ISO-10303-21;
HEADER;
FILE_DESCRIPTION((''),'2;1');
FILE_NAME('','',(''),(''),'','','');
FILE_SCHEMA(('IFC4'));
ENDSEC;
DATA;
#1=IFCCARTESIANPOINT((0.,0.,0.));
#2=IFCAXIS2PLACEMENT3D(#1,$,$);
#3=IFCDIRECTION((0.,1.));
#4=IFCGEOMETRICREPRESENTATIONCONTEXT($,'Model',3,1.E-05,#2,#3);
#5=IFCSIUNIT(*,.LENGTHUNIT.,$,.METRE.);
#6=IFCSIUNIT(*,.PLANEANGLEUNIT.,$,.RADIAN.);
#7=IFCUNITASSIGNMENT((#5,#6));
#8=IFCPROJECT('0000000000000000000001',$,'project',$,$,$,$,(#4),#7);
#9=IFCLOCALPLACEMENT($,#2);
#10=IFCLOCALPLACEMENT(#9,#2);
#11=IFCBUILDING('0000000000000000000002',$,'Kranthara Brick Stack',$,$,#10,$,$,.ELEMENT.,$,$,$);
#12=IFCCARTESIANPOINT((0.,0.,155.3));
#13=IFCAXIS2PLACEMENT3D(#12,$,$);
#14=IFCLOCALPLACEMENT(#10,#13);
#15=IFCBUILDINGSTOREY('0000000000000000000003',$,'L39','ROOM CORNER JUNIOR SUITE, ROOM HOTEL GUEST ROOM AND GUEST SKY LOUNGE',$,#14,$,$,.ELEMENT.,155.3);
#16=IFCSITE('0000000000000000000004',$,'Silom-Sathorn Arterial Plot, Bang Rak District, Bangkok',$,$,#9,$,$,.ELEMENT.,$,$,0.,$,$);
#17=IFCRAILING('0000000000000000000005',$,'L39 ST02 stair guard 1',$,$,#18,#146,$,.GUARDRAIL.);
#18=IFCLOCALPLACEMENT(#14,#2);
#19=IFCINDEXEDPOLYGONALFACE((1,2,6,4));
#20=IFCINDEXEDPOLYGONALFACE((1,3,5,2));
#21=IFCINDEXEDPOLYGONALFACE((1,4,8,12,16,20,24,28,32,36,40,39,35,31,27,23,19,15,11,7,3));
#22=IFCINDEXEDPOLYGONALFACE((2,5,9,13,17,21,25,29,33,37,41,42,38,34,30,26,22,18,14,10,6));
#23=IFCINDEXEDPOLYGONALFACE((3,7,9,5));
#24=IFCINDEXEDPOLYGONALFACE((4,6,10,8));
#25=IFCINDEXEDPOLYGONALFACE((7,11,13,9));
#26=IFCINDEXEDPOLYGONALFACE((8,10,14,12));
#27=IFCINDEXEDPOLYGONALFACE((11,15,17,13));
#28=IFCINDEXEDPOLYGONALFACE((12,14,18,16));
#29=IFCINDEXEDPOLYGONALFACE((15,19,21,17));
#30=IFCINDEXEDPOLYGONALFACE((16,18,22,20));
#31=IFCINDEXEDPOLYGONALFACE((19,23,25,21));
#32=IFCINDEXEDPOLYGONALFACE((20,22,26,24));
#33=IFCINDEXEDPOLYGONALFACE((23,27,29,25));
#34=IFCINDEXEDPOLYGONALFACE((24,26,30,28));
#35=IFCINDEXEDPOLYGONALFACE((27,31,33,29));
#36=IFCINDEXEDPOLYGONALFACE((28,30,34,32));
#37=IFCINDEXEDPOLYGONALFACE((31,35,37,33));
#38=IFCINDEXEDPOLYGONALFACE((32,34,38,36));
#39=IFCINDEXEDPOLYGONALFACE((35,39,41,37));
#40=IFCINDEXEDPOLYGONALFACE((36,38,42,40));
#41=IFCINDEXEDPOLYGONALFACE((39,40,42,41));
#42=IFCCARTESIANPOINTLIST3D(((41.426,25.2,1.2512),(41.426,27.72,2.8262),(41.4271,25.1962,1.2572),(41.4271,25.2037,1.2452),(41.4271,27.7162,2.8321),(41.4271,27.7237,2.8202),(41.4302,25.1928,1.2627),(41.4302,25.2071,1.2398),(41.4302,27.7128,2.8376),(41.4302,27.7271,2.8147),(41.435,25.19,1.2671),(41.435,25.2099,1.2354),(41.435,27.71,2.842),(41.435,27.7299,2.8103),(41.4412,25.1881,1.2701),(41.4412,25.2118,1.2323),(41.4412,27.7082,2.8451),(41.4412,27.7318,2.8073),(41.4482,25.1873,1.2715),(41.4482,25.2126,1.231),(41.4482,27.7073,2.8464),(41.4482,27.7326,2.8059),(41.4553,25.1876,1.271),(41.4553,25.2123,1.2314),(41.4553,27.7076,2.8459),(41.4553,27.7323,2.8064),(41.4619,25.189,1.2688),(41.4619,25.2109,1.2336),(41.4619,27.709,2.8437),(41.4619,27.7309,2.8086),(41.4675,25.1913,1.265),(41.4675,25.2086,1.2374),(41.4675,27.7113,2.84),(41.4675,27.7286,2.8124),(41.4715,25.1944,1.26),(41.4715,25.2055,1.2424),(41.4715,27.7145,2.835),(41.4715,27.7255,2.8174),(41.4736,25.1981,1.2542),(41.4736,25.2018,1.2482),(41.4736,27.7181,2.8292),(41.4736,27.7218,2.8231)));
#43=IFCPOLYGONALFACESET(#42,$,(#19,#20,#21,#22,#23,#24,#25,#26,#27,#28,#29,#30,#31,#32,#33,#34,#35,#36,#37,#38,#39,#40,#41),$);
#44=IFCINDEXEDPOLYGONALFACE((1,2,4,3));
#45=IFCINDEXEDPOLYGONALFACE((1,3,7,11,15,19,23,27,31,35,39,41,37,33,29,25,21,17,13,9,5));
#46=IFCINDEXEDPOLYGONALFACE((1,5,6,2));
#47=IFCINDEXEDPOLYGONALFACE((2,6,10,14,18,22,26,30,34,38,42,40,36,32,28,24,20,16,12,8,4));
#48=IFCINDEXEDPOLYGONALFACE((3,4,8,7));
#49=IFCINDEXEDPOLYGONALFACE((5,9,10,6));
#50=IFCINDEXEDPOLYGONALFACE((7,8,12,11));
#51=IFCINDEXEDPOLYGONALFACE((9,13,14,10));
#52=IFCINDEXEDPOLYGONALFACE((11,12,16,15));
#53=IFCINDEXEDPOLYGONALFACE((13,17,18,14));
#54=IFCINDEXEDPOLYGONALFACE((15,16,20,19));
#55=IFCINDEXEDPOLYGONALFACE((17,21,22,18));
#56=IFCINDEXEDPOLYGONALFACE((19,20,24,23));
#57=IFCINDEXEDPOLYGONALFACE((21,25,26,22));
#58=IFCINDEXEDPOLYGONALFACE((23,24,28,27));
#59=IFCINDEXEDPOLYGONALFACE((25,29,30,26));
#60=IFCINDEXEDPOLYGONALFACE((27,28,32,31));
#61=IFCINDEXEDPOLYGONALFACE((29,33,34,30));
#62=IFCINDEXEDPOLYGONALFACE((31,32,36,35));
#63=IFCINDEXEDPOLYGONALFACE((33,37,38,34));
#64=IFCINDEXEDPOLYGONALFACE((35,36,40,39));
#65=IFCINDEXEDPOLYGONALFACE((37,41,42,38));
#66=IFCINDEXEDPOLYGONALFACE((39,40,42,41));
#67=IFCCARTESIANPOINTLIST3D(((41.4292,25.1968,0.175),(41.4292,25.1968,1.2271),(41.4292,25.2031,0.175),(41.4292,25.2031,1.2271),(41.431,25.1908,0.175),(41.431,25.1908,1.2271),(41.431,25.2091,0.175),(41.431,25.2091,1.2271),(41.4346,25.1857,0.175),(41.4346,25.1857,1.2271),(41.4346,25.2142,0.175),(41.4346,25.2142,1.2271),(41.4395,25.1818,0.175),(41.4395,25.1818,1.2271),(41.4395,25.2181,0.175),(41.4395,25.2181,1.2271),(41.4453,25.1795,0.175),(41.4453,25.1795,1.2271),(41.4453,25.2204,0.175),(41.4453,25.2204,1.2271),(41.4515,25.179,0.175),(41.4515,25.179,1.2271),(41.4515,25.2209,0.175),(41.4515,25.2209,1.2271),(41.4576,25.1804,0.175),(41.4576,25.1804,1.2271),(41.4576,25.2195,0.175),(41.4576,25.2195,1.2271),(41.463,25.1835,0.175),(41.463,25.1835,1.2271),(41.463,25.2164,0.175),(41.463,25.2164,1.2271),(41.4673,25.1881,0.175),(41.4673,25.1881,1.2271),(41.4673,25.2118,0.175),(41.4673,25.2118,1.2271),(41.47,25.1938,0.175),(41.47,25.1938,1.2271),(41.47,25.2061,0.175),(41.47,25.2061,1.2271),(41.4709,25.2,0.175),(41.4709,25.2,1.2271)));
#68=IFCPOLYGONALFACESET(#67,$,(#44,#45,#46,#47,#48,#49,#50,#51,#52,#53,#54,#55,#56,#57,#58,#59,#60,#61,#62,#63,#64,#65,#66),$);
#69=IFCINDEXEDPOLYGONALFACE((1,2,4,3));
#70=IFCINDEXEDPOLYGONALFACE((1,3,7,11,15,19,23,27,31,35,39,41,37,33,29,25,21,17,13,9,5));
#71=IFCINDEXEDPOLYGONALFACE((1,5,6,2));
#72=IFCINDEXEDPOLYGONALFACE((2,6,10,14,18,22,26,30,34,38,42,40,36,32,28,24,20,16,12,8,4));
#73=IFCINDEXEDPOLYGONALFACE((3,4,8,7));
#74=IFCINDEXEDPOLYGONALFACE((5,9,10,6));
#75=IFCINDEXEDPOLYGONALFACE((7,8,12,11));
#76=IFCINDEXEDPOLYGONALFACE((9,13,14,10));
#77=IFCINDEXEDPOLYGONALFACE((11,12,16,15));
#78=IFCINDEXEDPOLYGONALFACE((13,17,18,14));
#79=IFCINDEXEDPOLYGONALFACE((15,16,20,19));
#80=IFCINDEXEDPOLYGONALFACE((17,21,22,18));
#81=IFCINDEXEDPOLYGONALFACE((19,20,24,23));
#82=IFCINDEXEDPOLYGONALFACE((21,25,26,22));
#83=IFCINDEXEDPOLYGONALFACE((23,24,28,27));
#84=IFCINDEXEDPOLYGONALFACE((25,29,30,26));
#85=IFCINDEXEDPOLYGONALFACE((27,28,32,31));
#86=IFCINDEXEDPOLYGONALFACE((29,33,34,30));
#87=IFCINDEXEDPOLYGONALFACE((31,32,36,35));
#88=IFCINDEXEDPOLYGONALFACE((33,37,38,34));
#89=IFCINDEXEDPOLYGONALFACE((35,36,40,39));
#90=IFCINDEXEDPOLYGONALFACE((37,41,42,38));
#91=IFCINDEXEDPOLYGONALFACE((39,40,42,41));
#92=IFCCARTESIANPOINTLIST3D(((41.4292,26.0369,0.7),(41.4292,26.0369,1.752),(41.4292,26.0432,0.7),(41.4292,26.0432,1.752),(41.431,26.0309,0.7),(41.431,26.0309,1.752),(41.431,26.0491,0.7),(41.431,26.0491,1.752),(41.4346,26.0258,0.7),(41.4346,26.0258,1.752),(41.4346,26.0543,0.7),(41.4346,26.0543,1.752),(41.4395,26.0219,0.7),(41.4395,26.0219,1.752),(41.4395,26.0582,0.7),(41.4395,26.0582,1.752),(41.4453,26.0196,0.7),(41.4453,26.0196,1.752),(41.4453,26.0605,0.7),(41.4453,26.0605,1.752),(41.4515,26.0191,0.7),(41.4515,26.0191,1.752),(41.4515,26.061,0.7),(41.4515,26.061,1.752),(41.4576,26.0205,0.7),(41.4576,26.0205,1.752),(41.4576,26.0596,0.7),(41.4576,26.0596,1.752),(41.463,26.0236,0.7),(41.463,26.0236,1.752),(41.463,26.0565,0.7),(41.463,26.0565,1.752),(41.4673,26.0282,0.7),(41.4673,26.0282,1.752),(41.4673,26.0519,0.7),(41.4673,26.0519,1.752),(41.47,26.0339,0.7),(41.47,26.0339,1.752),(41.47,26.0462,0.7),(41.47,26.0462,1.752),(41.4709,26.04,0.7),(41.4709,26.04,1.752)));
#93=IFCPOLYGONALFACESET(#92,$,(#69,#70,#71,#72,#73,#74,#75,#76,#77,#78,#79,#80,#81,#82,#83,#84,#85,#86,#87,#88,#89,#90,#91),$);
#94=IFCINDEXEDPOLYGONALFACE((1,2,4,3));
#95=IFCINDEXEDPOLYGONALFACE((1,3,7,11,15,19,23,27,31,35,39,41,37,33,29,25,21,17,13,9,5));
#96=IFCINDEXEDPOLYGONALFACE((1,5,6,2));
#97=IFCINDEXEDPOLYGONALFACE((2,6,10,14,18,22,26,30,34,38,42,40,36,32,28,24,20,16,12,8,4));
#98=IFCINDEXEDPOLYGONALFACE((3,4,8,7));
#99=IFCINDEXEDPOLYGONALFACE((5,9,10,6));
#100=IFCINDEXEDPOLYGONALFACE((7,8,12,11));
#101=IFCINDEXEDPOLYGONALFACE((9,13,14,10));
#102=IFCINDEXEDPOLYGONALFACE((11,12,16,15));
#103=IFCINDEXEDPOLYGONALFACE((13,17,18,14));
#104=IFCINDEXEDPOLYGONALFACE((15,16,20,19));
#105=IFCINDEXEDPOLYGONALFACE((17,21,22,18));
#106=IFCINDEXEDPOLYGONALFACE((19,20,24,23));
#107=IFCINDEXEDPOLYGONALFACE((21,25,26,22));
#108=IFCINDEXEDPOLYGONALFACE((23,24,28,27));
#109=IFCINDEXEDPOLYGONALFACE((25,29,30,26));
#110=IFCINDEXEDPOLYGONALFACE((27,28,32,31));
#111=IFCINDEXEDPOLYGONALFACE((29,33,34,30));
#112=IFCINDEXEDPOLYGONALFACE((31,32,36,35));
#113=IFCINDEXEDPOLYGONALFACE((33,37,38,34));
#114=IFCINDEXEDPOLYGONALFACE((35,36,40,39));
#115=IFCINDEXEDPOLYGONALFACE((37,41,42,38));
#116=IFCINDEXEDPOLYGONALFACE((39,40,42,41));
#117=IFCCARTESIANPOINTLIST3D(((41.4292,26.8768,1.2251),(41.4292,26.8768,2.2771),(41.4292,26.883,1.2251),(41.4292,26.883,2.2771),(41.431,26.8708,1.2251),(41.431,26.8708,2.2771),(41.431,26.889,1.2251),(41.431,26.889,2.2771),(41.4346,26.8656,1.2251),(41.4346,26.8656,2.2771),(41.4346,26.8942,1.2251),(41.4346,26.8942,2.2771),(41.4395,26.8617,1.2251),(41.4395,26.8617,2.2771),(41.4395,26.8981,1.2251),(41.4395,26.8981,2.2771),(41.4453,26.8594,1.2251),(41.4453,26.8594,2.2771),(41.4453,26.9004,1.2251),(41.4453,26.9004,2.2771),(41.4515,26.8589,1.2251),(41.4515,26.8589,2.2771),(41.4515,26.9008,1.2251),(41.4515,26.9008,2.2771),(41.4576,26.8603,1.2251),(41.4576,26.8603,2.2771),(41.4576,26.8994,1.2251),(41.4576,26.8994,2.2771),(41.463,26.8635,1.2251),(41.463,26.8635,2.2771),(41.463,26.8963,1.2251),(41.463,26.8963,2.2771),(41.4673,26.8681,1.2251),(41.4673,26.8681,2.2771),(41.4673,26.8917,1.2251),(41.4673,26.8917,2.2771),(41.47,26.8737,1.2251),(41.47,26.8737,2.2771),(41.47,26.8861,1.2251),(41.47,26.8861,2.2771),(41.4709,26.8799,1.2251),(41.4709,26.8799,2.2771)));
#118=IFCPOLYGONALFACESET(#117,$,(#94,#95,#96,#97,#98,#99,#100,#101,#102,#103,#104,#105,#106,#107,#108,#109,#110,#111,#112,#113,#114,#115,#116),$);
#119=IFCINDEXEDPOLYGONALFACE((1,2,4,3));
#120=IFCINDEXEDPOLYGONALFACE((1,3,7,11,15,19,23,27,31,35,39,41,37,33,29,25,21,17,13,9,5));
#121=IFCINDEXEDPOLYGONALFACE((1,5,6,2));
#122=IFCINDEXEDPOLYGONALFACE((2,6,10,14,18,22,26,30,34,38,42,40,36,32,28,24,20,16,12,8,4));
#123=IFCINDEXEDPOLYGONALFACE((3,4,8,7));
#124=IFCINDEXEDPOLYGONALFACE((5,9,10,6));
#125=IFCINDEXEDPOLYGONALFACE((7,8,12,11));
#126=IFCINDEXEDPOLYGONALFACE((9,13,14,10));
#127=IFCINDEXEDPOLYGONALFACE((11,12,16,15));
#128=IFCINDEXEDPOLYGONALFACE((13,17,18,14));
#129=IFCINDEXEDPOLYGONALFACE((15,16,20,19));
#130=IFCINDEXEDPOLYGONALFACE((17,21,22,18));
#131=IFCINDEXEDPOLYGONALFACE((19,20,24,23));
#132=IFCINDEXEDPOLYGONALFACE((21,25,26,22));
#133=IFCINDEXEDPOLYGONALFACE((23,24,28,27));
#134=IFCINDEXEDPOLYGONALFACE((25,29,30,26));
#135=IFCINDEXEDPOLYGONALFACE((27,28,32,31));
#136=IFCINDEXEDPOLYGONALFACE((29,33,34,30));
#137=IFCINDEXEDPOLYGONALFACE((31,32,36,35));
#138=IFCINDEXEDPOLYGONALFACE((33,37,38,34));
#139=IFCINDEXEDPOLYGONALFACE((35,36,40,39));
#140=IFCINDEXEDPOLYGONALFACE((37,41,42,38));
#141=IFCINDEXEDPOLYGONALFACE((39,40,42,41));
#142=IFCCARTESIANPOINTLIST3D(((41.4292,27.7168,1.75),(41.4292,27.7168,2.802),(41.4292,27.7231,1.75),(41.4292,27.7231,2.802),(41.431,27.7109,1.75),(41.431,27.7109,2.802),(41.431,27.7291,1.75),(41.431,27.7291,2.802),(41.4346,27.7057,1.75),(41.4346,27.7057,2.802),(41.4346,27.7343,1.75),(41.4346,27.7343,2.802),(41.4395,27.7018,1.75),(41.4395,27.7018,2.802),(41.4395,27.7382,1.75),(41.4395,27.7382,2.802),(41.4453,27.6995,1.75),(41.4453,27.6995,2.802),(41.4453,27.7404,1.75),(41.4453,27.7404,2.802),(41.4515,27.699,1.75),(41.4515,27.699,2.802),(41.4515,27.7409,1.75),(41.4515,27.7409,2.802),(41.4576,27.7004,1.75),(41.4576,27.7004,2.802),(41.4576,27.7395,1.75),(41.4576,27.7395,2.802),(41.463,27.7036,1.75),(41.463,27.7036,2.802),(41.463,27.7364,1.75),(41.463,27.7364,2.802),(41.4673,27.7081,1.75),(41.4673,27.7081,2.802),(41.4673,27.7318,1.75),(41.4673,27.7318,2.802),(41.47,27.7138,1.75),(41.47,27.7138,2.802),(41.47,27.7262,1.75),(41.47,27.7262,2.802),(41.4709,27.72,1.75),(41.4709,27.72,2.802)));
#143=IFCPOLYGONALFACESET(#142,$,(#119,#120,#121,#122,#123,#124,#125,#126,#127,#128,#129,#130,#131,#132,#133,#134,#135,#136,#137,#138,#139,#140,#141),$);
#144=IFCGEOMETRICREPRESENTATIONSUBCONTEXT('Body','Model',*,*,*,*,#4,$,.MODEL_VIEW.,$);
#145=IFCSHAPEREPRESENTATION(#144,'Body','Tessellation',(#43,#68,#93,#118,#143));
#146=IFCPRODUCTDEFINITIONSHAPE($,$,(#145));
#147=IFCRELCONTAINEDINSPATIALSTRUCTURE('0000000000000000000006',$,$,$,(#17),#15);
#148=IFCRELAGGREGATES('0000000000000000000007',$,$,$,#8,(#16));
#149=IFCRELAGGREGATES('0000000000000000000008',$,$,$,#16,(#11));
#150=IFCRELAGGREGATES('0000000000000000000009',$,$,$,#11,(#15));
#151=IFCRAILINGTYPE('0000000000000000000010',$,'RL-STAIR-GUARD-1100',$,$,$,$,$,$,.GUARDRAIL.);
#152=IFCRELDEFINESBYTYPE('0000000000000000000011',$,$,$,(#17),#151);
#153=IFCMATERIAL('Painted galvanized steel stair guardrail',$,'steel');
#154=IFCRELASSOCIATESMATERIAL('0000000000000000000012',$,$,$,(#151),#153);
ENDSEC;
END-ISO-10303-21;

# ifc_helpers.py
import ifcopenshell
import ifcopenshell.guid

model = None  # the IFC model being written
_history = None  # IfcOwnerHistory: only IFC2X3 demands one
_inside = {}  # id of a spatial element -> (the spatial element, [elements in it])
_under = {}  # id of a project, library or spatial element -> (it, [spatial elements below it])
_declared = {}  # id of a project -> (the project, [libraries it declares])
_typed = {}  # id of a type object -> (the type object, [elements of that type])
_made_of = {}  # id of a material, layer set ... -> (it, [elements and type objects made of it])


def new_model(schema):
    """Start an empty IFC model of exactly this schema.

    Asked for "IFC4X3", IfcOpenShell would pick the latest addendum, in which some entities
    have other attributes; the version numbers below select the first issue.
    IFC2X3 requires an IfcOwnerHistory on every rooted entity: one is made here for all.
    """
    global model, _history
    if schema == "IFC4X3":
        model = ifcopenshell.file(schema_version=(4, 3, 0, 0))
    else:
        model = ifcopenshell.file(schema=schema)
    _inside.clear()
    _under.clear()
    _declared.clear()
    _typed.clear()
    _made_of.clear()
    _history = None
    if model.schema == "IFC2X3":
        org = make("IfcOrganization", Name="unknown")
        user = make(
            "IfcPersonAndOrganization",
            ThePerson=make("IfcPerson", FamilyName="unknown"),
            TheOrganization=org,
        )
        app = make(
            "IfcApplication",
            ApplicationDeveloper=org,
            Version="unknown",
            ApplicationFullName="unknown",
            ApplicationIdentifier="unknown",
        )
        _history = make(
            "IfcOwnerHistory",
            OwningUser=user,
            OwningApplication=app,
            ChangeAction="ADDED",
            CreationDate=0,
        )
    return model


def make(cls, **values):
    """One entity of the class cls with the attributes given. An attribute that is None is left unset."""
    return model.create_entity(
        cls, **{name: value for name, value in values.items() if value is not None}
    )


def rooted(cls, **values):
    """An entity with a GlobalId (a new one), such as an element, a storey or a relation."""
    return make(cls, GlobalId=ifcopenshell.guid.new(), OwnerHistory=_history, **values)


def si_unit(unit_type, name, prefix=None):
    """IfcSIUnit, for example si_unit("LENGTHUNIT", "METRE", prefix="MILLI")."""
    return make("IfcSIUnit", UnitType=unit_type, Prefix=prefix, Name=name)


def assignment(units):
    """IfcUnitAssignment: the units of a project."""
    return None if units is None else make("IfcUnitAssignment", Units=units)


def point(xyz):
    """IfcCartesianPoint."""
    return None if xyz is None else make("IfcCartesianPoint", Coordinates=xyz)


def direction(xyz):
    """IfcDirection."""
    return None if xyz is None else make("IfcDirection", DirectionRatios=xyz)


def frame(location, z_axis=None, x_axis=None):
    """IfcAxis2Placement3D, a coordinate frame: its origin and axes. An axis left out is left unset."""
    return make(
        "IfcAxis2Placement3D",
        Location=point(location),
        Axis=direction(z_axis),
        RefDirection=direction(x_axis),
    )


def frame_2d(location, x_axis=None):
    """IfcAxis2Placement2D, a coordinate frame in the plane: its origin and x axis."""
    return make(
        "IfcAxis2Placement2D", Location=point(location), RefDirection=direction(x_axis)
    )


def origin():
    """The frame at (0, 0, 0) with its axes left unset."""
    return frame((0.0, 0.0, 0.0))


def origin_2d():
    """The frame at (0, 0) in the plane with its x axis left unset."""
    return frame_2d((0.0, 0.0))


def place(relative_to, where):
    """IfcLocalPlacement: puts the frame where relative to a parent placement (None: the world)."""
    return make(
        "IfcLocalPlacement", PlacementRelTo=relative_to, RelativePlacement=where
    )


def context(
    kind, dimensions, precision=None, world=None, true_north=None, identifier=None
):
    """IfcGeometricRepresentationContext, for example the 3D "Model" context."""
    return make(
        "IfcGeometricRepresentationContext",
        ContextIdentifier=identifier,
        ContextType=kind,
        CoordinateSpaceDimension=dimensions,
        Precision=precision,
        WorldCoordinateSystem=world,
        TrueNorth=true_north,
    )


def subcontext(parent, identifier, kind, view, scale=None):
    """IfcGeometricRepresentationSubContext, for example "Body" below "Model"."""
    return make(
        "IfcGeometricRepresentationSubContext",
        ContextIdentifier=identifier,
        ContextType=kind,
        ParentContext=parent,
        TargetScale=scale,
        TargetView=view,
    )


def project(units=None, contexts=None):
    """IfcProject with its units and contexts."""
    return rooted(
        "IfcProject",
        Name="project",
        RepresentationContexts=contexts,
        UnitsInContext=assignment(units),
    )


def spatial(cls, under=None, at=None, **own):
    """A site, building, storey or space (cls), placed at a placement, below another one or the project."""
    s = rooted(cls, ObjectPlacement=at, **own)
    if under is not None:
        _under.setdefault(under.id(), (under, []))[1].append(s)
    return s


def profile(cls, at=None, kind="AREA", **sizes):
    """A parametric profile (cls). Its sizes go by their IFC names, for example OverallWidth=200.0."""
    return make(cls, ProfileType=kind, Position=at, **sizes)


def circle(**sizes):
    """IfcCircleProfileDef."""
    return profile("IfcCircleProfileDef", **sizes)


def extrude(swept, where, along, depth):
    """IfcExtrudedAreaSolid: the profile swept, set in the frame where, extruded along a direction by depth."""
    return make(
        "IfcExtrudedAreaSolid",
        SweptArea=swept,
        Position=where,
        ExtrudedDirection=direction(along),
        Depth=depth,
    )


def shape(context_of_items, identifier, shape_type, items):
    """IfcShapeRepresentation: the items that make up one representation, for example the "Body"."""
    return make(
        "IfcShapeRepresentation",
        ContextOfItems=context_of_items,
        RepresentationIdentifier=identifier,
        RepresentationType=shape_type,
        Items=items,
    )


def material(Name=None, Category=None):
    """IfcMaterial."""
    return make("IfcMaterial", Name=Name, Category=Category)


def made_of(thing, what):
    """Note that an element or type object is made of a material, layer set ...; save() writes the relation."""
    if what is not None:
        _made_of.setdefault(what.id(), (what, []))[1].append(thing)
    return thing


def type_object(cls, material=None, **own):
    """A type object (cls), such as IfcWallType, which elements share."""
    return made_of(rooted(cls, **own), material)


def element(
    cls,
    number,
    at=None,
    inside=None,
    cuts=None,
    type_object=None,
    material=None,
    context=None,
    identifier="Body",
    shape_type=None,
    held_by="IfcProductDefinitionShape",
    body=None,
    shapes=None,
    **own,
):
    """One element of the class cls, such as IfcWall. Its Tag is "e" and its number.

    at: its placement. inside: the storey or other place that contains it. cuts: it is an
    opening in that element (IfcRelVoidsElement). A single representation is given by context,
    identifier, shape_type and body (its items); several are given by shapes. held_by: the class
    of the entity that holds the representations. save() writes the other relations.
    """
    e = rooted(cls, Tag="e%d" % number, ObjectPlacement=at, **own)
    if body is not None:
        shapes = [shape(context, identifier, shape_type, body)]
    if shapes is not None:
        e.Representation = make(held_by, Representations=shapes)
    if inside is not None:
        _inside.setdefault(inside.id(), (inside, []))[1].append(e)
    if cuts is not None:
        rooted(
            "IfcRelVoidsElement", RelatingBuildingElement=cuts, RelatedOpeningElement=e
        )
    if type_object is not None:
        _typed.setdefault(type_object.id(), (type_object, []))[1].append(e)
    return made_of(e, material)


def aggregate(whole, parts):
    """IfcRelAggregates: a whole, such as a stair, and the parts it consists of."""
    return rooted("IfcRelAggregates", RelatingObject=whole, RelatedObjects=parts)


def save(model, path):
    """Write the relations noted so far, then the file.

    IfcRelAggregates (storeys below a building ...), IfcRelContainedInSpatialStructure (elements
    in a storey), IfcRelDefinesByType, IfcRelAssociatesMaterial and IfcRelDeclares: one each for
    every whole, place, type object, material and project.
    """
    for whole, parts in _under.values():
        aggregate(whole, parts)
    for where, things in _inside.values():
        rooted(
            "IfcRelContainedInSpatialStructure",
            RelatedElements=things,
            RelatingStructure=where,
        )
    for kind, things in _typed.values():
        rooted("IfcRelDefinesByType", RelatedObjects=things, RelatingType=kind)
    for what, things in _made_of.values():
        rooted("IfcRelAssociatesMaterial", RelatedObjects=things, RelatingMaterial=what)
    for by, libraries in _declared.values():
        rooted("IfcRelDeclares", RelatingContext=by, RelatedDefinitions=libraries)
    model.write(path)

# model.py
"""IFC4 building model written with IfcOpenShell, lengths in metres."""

from ifc_helpers import new_model, si_unit, direction, frame, origin, origin_2d, place, context, subcontext, project, spatial, circle, extrude, material, type_object, element, save


model = new_model("IFC4")

# Units and contexts
model_context = context("Model", 3, precision=1e-05, world=origin(), true_north=direction((0.0, 1.0)))
body_context = subcontext(model_context, "Body", "Model", "MODEL_VIEW")
ifc_project = project(units=[si_unit("LENGTHUNIT", "METRE"), si_unit("PLANEANGLEUNIT", "RADIAN")], contexts=[model_context])

# Site, building, storey
site_placement = place(None, origin())
site = spatial("IfcSite", under=ifc_project, at=site_placement, Name="Silom-Sathorn Arterial Plot, Bang Rak District, Bangkok", CompositionType="ELEMENT", RefElevation=0.0)
building_placement = place(site_placement, origin())
building = spatial("IfcBuilding", under=site, at=building_placement, Name="Kranthara Brick Stack", CompositionType="ELEMENT")
storey_placement = place(building_placement, frame((0.0, 0.0, 155.3)))
storey = spatial("IfcBuildingStorey", under=building, at=storey_placement, Name="L39", Description="ROOM CORNER JUNIOR SUITE, ROOM HOTEL GUEST ROOM AND GUEST SKY LOUNGE", CompositionType="ELEMENT", Elevation=155.3)

# Railing
ifc_material_1 = material(Name="Painted galvanized steel stair guardrail", Category="steel")
railing_type_1 = type_object("IfcRailingType", Name="RL-STAIR-GUARD-1100", PredefinedType="GUARDRAIL", material=ifc_material_1)
railing_1_placement = place(storey_placement, frame((41.45, 25.2, 0.175)))
element("IfcRailing", 1, at=railing_1_placement, inside=storey, type_object=railing_type_1, Name="L39 ST02 stair guard 1", PredefinedType="GUARDRAIL", context=body_context, shape_type="SweptSolid", body=[
    extrude(circle(Radius=0.0239, at=origin_2d()), frame((0.0, 0.0, 1.0762), z_axis=(0.0, 0.848008, 0.529984), x_axis=(-1.0, 0.0, 0.0)), (0.0, 0.0, 1.0), 2.9717),
    extrude(circle(Radius=0.021, at=origin_2d()), origin(), (0.0, 0.0, 1.0), 1.052),
    extrude(circle(Radius=0.021, at=origin_2d()), frame((0.0, 0.8401, 0.5249)), (0.0, 0.0, 1.0), 1.052),
    extrude(circle(Radius=0.021, at=origin_2d()), frame((0.0, 1.6799, 1.05)), (0.0, 0.0, 1.0), 1.052),
    extrude(circle(Radius=0.021, at=origin_2d()), frame((0.0, 2.52, 1.575)), (0.0, 0.0, 1.0), 1.052),
])

save(model, "model.ifc")
